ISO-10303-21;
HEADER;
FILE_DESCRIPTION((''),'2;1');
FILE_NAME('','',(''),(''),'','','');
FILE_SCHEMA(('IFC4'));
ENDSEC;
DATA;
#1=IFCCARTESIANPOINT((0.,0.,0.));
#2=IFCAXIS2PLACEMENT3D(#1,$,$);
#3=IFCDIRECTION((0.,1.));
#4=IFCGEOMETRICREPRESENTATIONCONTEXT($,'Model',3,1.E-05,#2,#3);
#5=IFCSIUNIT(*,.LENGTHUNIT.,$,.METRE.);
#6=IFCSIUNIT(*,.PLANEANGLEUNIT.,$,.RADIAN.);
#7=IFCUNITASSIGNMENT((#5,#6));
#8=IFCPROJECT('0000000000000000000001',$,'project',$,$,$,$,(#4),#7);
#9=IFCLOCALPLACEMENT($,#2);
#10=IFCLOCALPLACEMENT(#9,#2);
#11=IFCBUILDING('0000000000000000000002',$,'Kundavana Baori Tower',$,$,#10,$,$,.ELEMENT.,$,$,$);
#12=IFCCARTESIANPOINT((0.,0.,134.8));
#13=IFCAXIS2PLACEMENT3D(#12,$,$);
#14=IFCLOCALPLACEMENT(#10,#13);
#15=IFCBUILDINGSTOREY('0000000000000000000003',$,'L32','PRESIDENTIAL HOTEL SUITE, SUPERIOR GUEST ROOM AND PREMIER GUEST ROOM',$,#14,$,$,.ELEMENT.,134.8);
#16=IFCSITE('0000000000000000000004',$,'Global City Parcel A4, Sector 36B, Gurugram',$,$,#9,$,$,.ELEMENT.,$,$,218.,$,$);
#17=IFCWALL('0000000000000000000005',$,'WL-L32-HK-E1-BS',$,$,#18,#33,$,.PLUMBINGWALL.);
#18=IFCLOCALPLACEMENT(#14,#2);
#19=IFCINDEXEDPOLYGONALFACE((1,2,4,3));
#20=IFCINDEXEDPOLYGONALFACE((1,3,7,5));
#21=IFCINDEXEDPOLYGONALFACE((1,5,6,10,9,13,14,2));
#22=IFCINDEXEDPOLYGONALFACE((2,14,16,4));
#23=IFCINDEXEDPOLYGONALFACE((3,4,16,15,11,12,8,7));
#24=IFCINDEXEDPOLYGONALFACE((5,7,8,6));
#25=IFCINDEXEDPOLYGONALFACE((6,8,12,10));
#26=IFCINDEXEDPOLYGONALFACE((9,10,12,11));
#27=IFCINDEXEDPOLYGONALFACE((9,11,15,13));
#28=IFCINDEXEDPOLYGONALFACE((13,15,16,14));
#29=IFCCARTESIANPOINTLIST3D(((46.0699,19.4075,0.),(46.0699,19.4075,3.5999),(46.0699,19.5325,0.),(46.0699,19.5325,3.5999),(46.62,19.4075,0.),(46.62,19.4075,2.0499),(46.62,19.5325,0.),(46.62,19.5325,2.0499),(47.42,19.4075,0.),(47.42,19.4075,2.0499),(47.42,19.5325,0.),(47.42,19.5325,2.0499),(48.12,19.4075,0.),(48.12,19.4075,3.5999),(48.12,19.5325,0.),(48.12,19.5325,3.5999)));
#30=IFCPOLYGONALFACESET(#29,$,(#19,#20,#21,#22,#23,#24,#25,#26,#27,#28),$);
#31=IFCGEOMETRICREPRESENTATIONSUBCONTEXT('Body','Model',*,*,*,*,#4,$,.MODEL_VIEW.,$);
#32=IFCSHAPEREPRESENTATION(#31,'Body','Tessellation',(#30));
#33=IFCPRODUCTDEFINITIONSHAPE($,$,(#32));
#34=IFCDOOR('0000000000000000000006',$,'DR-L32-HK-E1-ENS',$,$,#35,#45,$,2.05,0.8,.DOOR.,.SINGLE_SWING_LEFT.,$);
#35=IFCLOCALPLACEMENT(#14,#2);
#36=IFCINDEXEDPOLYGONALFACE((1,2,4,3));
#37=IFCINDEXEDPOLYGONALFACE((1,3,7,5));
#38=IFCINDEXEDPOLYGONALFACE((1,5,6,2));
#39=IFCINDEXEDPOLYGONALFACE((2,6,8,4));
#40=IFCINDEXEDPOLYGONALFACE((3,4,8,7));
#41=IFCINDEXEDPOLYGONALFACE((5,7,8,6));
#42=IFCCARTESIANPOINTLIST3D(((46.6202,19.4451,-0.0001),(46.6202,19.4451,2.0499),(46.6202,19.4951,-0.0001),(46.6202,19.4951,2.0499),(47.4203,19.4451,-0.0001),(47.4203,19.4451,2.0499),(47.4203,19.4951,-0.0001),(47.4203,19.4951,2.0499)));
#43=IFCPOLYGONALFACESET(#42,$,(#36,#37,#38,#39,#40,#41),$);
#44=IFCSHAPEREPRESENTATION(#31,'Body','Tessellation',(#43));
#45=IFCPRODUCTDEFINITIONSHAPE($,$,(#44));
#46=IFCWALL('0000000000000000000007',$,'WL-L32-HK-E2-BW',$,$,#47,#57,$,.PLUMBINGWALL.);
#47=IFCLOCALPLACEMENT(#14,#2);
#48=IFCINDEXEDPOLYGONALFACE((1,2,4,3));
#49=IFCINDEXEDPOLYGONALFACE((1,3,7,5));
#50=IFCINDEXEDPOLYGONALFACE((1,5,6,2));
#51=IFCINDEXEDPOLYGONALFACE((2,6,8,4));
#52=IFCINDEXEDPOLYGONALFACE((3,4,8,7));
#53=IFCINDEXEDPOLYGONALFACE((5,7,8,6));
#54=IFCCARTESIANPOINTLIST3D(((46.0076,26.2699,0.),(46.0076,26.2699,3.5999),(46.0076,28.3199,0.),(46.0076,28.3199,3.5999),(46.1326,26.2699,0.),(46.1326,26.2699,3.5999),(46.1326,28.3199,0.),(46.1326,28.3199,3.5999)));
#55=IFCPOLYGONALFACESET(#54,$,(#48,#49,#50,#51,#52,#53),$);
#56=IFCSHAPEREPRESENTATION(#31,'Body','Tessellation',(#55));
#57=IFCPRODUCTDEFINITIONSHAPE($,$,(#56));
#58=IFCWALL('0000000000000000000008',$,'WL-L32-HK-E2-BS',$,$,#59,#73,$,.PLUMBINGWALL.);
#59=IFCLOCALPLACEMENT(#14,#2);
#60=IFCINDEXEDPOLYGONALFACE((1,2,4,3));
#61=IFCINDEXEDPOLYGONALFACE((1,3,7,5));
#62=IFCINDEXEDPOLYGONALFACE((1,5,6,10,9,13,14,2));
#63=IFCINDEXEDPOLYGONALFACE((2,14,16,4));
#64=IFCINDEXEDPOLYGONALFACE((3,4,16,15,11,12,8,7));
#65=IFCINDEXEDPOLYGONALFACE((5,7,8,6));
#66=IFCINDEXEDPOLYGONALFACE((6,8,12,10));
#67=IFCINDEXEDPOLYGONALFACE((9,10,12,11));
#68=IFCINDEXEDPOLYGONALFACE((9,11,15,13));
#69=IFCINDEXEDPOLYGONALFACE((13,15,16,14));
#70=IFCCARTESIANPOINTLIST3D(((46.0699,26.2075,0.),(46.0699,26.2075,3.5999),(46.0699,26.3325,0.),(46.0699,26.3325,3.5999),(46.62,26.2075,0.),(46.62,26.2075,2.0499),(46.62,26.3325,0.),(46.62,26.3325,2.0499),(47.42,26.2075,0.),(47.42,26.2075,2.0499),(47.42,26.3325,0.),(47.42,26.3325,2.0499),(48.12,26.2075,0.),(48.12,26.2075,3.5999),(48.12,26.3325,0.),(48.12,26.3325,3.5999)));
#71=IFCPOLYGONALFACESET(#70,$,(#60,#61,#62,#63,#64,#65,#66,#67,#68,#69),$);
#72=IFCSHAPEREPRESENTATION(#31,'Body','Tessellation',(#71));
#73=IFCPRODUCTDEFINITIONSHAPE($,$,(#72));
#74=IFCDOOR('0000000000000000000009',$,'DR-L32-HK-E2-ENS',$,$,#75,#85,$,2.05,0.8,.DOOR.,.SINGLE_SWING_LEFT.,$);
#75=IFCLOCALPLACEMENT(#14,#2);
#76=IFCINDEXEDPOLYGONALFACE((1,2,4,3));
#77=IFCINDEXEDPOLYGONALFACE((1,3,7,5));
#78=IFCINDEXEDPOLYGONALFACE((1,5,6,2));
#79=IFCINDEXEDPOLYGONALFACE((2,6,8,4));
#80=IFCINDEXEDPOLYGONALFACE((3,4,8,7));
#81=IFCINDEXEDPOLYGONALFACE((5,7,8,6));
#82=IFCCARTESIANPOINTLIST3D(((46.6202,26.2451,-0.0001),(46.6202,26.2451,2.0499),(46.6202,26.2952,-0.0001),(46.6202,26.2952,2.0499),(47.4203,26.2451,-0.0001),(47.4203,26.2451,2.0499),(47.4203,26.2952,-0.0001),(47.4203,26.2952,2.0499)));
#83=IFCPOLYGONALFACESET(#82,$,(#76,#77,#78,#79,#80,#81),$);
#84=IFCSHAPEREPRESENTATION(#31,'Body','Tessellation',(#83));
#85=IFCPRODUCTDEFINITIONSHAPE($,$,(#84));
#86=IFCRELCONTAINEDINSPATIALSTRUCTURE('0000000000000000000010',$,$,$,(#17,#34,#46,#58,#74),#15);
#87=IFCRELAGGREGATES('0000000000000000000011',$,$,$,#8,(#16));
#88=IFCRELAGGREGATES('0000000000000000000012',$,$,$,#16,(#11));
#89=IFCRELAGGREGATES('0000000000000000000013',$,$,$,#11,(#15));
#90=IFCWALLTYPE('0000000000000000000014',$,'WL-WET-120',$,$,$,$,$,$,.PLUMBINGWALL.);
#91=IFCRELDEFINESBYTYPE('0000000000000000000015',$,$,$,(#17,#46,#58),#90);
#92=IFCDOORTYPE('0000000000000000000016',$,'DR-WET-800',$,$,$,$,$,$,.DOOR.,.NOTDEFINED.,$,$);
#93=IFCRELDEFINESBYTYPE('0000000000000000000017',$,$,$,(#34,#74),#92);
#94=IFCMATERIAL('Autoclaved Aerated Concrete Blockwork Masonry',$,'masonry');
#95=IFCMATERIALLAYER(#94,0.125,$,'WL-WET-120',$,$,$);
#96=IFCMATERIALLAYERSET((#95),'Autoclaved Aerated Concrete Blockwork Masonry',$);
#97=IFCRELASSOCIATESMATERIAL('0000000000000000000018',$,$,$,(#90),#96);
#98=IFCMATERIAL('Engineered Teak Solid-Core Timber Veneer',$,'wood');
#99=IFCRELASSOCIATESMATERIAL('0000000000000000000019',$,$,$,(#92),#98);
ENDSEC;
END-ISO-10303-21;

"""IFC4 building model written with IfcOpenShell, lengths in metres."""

from ifc_helpers import new_model, si_unit, direction, frame, frame_2d, origin, place, context, subcontext, project, spatial, rectangle, extrude, material, layer, layer_set, type_object, element, fill, save


model = new_model("IFC4")

# Units and contexts
model_context = context("Model", 3, precision=1e-05, world=origin(), true_north=direction((0.0, 1.0)))
body_context = subcontext(model_context, "Body", "Model", "MODEL_VIEW")
ifc_project = project(units=[si_unit("LENGTHUNIT", "METRE"), si_unit("PLANEANGLEUNIT", "RADIAN")], contexts=[model_context])

# Site, building, storey
site_placement = place(None, origin())
site = spatial("IfcSite", under=ifc_project, at=site_placement, Name="Global City Parcel A4, Sector 36B, Gurugram", CompositionType="ELEMENT", RefElevation=218.0)
building_placement = place(site_placement, origin())
building = spatial("IfcBuilding", under=site, at=building_placement, Name="Kundavana Baori Tower", CompositionType="ELEMENT")
storey_placement = place(building_placement, frame((0.0, 0.0, 134.8)))
storey = spatial("IfcBuildingStorey", under=building, at=storey_placement, Name="L32", Description="PRESIDENTIAL HOTEL SUITE, SUPERIOR GUEST ROOM AND PREMIER GUEST ROOM", CompositionType="ELEMENT", Elevation=134.8)

# Shared definitions
ifc_material_1 = material(Name="Autoclaved Aerated Concrete Blockwork Masonry", Category="masonry")
ifc_layer_1 = layer(ifc_material_1, 0.125, Name="WL-WET-120")
ifc_layer_set_1 = layer_set([ifc_layer_1], Name="Autoclaved Aerated Concrete Blockwork Masonry")
wall_type_1 = type_object("IfcWallType", Name="WL-WET-120", PredefinedType="PLUMBINGWALL", material=ifc_layer_set_1)

# Wall, opening, door
wall_1_placement = place(storey_placement, frame((46.0701, 19.47, 0.0), z_axis=(0.0, 0.0, 1.0), x_axis=(1.0, 0.0, 0.0)))
wall_1 = element("IfcWall", 1, at=wall_1_placement, inside=storey, type_object=wall_type_1, Name="WL-L32-HK-E1-BS", PredefinedType="PLUMBINGWALL", context=body_context, shape_type="SweptSolid", body=[
    extrude(rectangle(XDim=2.05, YDim=0.125, at=frame_2d((1.0249, 0.0))), origin(), (0.0, 0.0, 1.0), 3.5999),
])
opening_1_placement = place(wall_1_placement, frame((0.55, 0.0, 0.0)))
opening_1 = element("IfcOpeningElement", 2, at=opening_1_placement, cuts=wall_1, PredefinedType="OPENING", context=body_context, shape_type="SweptSolid", body=[
    extrude(rectangle(XDim=0.8, YDim=2.05, at=frame_2d((0.3999, 1.0249))), frame((0.0, 0.0725, 0.0), z_axis=(0.0, -1.0, 0.0), x_axis=(1.0, 0.0, 0.0)), (0.0, 0.0, 1.0), 0.145),
])
ifc_material_2 = material(Name="Engineered Teak Solid-Core Timber Veneer", Category="wood")
door_type_1 = type_object("IfcDoorType", Name="DR-WET-800", OperationType="NOTDEFINED", PredefinedType="DOOR", material=ifc_material_2)
door_1_placement = place(opening_1_placement, frame((0.8, 0.0, 0.0), z_axis=(0.0, 0.0, 1.0), x_axis=(-1.0, 0.0, 0.0)))
door_1 = element("IfcDoor", 3, at=door_1_placement, inside=storey, type_object=door_type_1, Name="DR-L32-HK-E1-ENS", OperationType="SINGLE_SWING_LEFT", OverallHeight=2.05, OverallWidth=0.8, PredefinedType="DOOR", context=body_context, shape_type="SweptSolid", body=[
    extrude(rectangle(XDim=0.8, YDim=2.05, at=frame_2d((0.3999, 1.0249))), frame((0.0, 0.0249, 0.0), z_axis=(0.0, -1.0, 0.0), x_axis=(1.0, 0.0, 0.0)), (0.0, 0.0, 1.0), 0.05),
])
fill(opening_1, door_1)

# Wall
wall_2_placement = place(storey_placement, frame((46.0701, 26.27, 0.0), z_axis=(0.0, 0.0, 1.0), x_axis=(0.0, 1.0, 0.0)))
element("IfcWall", 4, at=wall_2_placement, inside=storey, type_object=wall_type_1, Name="WL-L32-HK-E2-BW", PredefinedType="PLUMBINGWALL", context=body_context, shape_type="SweptSolid", body=[
    extrude(rectangle(XDim=2.05, YDim=0.125, at=frame_2d((1.0249, 0.0))), origin(), (0.0, 0.0, 1.0), 3.5999),
])

# Wall, opening, door
wall_3_placement = place(storey_placement, frame((46.0701, 26.27, 0.0), z_axis=(0.0, 0.0, 1.0), x_axis=(1.0, 0.0, 0.0)))
wall_3 = element("IfcWall", 5, at=wall_3_placement, inside=storey, type_object=wall_type_1, Name="WL-L32-HK-E2-BS", PredefinedType="PLUMBINGWALL", context=body_context, shape_type="SweptSolid", body=[
    extrude(rectangle(XDim=2.05, YDim=0.125, at=frame_2d((1.0249, 0.0))), origin(), (0.0, 0.0, 1.0), 3.5999),
])
opening_2_placement = place(wall_3_placement, frame((0.55, 0.0, 0.0)))
opening_2 = element("IfcOpeningElement", 6, at=opening_2_placement, cuts=wall_3, PredefinedType="OPENING", context=body_context, shape_type="SweptSolid", body=[
    extrude(rectangle(XDim=0.8, YDim=2.05, at=frame_2d((0.3999, 1.0249))), frame((0.0, 0.0725, 0.0), z_axis=(0.0, -1.0, 0.0), x_axis=(1.0, 0.0, 0.0)), (0.0, 0.0, 1.0), 0.145),
])
door_2_placement = place(opening_2_placement, frame((0.8, 0.0, 0.0), z_axis=(0.0, 0.0, 1.0), x_axis=(-1.0, 0.0, 0.0)))
door_2 = element("IfcDoor", 7, at=door_2_placement, inside=storey, type_object=door_type_1, Name="DR-L32-HK-E2-ENS", OperationType="SINGLE_SWING_LEFT", OverallHeight=2.05, OverallWidth=0.8, PredefinedType="DOOR", context=body_context, shape_type="SweptSolid", body=[
    extrude(rectangle(XDim=0.8, YDim=2.05, at=frame_2d((0.3999, 1.0249))), frame((0.0, 0.0249, 0.0), z_axis=(0.0, -1.0, 0.0), x_axis=(1.0, 0.0, 0.0)), (0.0, 0.0, 1.0), 0.05),
])
fill(opening_2, door_2)

save(model, "model.ifc")
